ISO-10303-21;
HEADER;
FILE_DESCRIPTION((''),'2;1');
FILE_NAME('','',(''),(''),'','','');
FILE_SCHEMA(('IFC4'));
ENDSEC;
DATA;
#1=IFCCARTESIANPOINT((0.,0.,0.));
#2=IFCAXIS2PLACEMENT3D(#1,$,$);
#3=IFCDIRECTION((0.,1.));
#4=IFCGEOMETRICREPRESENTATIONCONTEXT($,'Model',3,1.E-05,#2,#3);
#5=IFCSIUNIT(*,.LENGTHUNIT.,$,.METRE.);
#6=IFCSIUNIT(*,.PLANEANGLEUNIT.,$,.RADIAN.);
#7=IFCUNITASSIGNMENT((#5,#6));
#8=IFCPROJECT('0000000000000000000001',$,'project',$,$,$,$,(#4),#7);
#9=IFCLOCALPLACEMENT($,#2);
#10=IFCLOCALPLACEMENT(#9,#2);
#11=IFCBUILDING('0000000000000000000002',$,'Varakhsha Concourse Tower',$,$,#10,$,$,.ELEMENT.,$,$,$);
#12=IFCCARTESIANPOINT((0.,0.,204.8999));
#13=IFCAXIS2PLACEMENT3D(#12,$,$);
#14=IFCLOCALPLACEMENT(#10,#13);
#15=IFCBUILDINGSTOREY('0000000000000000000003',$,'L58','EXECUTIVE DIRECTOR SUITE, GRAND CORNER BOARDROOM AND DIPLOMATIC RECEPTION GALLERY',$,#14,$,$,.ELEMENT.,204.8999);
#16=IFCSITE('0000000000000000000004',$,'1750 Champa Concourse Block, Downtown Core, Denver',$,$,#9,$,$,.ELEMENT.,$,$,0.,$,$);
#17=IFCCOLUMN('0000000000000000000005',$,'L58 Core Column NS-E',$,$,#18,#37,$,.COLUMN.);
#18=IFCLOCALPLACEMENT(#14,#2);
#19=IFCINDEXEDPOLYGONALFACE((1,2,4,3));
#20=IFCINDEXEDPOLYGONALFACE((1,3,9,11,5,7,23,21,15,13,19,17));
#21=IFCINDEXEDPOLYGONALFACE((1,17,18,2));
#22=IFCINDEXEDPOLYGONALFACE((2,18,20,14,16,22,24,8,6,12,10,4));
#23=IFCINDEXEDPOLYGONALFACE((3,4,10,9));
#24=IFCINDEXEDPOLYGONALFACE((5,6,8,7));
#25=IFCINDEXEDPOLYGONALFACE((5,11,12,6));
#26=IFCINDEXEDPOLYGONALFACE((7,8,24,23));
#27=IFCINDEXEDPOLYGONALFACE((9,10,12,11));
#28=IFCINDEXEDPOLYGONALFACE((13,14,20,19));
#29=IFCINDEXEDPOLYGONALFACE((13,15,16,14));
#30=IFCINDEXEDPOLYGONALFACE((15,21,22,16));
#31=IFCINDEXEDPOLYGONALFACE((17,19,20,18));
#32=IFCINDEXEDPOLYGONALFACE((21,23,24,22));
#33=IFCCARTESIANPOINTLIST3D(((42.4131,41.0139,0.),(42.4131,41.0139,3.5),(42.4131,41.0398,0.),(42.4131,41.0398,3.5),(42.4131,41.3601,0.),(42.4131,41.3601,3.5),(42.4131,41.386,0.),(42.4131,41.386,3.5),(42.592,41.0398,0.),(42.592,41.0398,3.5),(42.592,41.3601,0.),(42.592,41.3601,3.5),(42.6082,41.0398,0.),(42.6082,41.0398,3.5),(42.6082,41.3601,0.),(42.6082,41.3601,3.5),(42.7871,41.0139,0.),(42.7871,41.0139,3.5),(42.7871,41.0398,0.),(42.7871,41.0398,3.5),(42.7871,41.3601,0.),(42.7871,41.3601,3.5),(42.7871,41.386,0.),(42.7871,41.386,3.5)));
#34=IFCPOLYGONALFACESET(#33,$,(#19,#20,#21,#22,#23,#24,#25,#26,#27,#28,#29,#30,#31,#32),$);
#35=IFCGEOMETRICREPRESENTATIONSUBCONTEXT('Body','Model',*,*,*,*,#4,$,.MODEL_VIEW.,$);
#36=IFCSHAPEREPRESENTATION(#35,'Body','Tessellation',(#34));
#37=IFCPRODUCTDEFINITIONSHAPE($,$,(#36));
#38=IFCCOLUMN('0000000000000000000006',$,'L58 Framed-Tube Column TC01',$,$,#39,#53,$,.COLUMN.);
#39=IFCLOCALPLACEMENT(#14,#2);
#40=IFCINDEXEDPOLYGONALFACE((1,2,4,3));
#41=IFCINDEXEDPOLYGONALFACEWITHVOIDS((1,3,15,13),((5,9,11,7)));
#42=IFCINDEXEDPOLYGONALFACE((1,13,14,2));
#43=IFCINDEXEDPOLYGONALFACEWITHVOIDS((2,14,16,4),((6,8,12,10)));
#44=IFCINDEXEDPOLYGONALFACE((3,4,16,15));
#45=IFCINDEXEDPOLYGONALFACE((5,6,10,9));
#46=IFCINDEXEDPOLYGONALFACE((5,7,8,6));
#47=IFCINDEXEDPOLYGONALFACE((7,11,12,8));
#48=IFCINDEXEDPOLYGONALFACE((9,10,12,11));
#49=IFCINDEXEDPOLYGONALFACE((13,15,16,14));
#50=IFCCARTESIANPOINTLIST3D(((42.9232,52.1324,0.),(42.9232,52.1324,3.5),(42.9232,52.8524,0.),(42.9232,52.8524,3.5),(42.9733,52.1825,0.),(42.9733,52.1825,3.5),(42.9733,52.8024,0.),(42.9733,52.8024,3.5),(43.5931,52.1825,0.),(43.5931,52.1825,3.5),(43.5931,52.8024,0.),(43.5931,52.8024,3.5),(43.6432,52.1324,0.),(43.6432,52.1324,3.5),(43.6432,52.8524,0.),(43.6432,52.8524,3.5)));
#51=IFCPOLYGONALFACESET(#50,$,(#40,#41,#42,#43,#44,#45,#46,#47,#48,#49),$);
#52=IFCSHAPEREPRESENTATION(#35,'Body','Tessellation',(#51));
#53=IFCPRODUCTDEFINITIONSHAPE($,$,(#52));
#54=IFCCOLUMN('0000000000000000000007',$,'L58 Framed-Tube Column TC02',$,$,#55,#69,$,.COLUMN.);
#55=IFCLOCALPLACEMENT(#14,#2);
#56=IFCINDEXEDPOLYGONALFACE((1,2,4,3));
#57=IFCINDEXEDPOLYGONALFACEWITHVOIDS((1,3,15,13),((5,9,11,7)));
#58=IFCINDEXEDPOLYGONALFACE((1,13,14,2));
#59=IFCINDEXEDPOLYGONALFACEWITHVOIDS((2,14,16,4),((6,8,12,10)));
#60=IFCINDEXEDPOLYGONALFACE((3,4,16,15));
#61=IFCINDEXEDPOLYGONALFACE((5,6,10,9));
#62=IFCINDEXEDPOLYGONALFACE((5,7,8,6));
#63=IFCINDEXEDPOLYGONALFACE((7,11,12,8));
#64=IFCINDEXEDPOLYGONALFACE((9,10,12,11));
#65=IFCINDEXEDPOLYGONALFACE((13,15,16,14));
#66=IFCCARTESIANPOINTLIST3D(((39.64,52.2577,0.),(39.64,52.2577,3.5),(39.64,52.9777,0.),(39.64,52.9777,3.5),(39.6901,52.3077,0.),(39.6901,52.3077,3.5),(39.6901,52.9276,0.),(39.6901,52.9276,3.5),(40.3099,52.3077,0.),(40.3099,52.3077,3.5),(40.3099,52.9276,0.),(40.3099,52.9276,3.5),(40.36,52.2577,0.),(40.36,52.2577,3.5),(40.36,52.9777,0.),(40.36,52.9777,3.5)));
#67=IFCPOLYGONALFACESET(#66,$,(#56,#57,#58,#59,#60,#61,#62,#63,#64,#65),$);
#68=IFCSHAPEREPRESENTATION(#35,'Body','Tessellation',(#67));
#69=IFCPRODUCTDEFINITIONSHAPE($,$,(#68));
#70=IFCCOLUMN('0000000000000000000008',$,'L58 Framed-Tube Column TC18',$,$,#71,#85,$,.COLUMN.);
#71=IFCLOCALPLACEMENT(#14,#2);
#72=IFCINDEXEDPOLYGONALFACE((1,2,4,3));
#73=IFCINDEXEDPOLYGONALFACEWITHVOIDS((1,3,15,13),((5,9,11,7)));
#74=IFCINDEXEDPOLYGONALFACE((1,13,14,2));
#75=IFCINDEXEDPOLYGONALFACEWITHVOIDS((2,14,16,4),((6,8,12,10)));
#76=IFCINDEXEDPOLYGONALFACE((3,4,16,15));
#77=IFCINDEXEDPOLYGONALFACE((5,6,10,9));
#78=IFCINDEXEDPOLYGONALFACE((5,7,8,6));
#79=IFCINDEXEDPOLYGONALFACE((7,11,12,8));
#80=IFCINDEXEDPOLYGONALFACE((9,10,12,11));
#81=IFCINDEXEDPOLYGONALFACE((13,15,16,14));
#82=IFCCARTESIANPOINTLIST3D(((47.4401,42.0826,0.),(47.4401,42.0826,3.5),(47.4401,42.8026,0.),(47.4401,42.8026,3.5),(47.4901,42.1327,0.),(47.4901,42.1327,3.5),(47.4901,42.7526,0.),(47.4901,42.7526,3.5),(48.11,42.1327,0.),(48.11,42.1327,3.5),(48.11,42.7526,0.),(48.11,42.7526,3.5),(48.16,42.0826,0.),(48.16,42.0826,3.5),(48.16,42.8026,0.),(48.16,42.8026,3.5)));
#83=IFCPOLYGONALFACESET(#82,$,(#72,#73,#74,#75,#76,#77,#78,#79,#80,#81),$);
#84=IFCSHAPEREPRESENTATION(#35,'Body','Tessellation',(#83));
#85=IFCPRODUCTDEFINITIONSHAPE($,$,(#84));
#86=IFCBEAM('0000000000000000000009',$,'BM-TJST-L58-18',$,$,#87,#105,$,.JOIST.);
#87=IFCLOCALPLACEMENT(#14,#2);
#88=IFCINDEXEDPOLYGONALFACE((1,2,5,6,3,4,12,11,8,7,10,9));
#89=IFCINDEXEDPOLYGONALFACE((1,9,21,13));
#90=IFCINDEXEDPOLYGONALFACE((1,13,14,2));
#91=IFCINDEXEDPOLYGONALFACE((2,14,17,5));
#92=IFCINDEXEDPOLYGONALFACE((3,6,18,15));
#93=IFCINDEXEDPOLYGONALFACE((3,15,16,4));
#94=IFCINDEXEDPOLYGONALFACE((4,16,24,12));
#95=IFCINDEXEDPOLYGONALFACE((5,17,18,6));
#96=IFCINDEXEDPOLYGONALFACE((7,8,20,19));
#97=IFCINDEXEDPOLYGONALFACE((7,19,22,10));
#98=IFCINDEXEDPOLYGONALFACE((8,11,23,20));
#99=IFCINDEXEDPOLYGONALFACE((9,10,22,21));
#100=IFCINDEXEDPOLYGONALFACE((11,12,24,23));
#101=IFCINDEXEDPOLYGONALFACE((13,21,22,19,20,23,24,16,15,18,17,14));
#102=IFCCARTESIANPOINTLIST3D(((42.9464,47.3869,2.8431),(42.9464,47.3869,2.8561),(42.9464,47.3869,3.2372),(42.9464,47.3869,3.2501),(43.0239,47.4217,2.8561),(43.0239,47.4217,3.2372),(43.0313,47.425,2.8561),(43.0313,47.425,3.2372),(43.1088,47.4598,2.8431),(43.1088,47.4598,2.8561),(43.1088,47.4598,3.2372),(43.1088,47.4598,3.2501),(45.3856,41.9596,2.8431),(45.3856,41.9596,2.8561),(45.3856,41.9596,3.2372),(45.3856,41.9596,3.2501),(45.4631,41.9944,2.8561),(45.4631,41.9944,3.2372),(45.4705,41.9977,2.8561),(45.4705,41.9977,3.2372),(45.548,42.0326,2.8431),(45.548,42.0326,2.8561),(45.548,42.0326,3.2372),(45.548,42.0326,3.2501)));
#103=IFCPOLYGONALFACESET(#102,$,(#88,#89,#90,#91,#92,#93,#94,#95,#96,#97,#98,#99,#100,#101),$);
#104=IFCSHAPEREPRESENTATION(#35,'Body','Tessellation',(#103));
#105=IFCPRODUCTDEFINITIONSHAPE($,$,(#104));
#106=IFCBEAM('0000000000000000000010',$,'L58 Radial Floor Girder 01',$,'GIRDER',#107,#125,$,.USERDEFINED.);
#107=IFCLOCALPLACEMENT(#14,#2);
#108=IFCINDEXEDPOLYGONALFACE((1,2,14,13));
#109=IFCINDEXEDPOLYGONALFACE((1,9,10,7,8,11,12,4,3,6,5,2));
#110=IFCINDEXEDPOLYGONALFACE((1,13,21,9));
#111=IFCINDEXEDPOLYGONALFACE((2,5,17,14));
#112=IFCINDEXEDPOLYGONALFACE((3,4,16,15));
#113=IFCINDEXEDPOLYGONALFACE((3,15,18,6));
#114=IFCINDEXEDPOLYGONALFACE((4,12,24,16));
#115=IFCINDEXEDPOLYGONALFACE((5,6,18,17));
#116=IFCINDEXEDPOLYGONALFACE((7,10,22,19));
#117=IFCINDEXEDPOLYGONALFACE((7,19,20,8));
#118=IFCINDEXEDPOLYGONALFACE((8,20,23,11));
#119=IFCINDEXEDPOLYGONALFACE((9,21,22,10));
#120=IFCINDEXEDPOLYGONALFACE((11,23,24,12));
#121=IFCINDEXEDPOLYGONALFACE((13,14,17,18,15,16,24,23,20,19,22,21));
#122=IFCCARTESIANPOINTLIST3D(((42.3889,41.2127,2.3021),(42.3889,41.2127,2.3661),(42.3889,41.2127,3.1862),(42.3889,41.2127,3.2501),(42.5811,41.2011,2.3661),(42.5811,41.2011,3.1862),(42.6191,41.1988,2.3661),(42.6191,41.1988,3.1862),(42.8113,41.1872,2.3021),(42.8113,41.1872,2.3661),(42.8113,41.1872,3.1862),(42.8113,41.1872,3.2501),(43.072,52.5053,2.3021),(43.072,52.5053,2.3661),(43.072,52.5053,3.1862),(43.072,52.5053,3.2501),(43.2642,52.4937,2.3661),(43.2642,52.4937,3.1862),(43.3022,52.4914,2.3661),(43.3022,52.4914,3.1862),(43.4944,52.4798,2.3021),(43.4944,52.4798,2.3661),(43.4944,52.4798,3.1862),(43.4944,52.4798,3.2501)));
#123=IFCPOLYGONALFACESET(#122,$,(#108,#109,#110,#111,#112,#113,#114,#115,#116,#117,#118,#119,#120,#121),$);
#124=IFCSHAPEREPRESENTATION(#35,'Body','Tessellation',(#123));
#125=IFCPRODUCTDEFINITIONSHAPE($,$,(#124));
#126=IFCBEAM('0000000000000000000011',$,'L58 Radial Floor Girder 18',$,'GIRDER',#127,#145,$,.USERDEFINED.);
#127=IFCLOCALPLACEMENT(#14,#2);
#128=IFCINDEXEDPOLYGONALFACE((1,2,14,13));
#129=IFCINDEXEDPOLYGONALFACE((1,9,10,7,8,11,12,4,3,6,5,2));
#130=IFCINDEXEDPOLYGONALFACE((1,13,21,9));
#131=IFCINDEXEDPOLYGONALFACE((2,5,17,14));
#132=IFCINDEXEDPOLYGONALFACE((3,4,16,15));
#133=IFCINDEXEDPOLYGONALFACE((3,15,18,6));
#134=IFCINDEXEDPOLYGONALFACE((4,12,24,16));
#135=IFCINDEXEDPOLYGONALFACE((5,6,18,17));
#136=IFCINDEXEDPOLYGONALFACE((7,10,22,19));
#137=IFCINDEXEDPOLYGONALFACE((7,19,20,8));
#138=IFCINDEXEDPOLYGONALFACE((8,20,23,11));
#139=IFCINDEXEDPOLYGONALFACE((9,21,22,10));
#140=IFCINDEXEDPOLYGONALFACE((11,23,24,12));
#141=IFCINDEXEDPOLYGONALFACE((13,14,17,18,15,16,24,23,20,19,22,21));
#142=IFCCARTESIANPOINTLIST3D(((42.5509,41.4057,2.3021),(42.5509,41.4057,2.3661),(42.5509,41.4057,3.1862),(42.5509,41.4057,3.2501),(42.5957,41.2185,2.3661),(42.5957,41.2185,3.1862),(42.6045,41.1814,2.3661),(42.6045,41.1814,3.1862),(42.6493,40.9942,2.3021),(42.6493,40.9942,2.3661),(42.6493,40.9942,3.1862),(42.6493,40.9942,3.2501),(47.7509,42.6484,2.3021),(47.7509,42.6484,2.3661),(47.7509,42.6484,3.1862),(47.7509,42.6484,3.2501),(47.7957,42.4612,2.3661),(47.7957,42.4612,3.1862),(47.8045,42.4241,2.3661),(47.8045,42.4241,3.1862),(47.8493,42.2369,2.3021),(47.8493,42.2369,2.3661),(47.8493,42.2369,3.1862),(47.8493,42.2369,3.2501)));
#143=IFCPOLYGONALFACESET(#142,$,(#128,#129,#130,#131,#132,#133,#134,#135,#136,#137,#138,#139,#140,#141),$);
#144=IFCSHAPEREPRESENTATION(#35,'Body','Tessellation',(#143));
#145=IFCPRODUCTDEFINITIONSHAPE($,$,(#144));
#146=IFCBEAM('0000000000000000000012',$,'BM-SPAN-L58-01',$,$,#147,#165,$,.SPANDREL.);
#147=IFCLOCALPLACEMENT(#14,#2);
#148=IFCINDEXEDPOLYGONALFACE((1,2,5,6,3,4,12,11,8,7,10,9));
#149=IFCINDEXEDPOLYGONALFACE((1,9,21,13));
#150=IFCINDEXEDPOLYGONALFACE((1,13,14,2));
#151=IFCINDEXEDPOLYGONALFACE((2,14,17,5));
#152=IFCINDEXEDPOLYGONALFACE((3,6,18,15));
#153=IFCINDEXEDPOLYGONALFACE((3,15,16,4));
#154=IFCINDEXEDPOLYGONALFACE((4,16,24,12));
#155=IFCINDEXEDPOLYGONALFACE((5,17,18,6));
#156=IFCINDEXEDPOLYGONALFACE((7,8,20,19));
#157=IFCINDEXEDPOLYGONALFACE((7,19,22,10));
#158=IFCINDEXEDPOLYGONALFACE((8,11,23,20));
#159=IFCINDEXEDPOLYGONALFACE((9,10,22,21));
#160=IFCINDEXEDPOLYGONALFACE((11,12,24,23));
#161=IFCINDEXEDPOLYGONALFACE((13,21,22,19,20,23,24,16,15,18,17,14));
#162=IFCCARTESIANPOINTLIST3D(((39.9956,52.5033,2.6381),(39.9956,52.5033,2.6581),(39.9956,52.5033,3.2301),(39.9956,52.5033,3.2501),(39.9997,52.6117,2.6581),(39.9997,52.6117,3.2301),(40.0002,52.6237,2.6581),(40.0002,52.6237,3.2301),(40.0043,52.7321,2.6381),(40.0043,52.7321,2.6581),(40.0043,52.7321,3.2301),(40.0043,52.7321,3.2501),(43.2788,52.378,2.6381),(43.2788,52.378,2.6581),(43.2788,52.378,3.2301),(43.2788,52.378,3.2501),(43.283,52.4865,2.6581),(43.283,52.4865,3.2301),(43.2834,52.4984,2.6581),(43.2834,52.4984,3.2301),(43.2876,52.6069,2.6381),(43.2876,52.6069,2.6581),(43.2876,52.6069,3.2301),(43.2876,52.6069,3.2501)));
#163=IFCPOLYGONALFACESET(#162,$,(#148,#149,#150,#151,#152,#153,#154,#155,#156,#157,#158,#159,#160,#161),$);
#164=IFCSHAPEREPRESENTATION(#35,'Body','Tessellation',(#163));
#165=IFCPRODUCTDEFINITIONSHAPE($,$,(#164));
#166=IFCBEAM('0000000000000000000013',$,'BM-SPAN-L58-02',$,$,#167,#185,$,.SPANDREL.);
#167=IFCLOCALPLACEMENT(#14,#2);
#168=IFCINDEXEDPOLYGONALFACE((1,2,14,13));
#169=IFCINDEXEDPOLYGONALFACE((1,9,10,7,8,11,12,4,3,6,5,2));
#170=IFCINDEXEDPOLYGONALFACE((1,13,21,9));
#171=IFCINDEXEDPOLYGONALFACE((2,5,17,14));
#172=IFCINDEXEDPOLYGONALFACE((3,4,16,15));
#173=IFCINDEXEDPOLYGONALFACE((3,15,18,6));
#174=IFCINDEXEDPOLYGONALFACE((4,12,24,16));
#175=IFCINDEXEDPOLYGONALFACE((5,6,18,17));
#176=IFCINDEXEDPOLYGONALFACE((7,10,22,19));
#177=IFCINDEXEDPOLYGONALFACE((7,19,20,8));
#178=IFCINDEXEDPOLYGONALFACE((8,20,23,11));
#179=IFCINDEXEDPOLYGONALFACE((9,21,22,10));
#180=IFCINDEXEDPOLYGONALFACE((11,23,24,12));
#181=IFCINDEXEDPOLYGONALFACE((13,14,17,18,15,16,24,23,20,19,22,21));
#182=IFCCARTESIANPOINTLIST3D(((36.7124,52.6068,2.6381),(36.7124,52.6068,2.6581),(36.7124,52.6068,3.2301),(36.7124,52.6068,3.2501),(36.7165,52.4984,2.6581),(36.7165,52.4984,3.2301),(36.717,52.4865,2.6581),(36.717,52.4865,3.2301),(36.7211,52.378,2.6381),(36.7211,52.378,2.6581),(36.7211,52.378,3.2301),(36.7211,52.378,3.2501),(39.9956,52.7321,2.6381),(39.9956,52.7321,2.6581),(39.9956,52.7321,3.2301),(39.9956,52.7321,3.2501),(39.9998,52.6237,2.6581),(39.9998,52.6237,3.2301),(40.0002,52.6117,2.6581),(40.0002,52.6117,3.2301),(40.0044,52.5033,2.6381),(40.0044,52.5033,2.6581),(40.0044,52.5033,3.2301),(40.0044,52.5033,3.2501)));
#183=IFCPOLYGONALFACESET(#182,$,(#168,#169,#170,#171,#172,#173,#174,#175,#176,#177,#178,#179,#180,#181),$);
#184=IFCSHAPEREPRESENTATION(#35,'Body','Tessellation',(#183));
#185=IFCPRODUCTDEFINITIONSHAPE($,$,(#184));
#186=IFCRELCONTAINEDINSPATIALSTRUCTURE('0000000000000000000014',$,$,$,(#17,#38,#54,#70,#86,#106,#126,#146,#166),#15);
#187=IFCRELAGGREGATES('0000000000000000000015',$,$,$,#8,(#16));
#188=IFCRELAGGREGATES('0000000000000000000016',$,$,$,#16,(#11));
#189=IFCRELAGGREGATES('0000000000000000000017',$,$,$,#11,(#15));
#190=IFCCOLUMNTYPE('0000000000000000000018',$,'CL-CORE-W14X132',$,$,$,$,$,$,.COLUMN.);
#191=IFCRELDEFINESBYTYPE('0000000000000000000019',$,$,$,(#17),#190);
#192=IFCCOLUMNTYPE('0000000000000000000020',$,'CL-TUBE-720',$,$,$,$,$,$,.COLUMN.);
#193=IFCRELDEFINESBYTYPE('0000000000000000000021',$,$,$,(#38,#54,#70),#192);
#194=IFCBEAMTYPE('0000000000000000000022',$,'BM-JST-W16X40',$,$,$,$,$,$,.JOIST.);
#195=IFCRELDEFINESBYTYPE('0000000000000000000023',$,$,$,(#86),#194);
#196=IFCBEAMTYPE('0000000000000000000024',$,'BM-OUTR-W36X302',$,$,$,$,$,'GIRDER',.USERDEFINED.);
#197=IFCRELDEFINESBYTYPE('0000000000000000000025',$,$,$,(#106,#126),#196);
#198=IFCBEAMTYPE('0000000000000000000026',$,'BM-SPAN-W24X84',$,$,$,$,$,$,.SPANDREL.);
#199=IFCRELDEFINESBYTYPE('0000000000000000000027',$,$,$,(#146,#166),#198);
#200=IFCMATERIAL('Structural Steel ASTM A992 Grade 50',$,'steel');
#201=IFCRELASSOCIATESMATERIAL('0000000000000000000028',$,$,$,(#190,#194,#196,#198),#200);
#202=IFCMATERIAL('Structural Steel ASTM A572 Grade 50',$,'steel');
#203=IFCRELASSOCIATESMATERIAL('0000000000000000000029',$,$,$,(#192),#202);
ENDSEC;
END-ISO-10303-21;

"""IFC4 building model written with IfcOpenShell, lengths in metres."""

from ifc_helpers import new_model, si_unit, direction, frame, origin, origin_2d, place, context, subcontext, project, spatial, hollow_rectangle, i_section, extrude, material, material_profile, profile_set, type_object, element, save


model = new_model("IFC4")

# Units and contexts
model_context = context("Model", 3, precision=1e-05, world=origin(), true_north=direction((0.0, 1.0)))
body_context = subcontext(model_context, "Body", "Model", "MODEL_VIEW")
ifc_project = project(units=[si_unit("LENGTHUNIT", "METRE"), si_unit("PLANEANGLEUNIT", "RADIAN")], contexts=[model_context])

# Site, building, storey
site_placement = place(None, origin())
site = spatial("IfcSite", under=ifc_project, at=site_placement, Name="1750 Champa Concourse Block, Downtown Core, Denver", CompositionType="ELEMENT", RefElevation=0.0)
building_placement = place(site_placement, origin())
building = spatial("IfcBuilding", under=site, at=building_placement, Name="Varakhsha Concourse Tower", CompositionType="ELEMENT")
storey_placement = place(building_placement, frame((0.0, 0.0, 204.8999)))
storey = spatial("IfcBuildingStorey", under=building, at=storey_placement, Name="L58", Description="EXECUTIVE DIRECTOR SUITE, GRAND CORNER BOARDROOM AND DIPLOMATIC RECEPTION GALLERY", CompositionType="ELEMENT", Elevation=204.8999)

# Columns
ifc_material_1 = material(Name="Structural Steel ASTM A992 Grade 50", Category="steel")
ifc_material_profile_1 = material_profile(ifc_material_1, i_section(OverallWidth=0.374, OverallDepth=0.3721, WebThickness=0.0161, FlangeThickness=0.0259, at=origin_2d()), Name="W14X132")
ifc_profile_set_1 = profile_set([ifc_material_profile_1], Name="Structural Steel ASTM A992 Grade 50")
column_type_1 = type_object("IfcColumnType", Name="CL-CORE-W14X132", PredefinedType="COLUMN", material=ifc_profile_set_1)
column_placement = place(storey_placement, frame((42.6001, 41.2, 0.0), z_axis=(0.0, 0.0, 1.0), x_axis=(1.0, 0.0, 0.0)))
element("IfcColumn", 1, at=column_placement, inside=storey, type_object=column_type_1, Name="L58 Core Column NS-E", PredefinedType="COLUMN", context=body_context, shape_type="SweptSolid", body=[
    extrude(i_section(OverallWidth=0.374, OverallDepth=0.3721, WebThickness=0.0161, FlangeThickness=0.0259, at=origin_2d()), origin(), (0.0, 0.0, 1.0), 3.5),
])
ifc_material_2 = material(Name="Structural Steel ASTM A572 Grade 50", Category="steel")
ifc_material_profile_2 = material_profile(ifc_material_2, hollow_rectangle(XDim=0.72, YDim=0.72, WallThickness=0.05, at=origin_2d()), Name="BOX 720x720x50")
ifc_profile_set_2 = profile_set([ifc_material_profile_2], Name="Structural Steel ASTM A572 Grade 50")
column_type_2 = type_object("IfcColumnType", Name="CL-TUBE-720", PredefinedType="COLUMN", material=ifc_profile_set_2)
for number, where, z_axis, x_axis, name in (
    (2, (43.2832, 52.4924, 0.0), (0.0, 0.0, 1.0), (1.0, 0.0, 0.0), "L58 Framed-Tube Column TC01"),
    (3, (40.0, 52.6177, 0.0), (0.0, 0.0, 1.0), (1.0, 0.0, 0.0), "L58 Framed-Tube Column TC02"),
    (4, (47.8, 42.4426, 0.0), (0.0, 0.0, 1.0), (1.0, 0.0, 0.0), "L58 Framed-Tube Column TC18"),
):
    element("IfcColumn", number, at=place(storey_placement, frame(where, z_axis=z_axis, x_axis=x_axis)), inside=storey, type_object=column_type_2, Name=name, PredefinedType="COLUMN", context=body_context, shape_type="SweptSolid", body=[
        extrude(hollow_rectangle(XDim=0.72, YDim=0.72, WallThickness=0.05, at=origin_2d()), origin(), (0.0, 0.0, 1.0), 3.5),
    ])

# Beams
ifc_material_profile_3 = material_profile(ifc_material_1, i_section(OverallWidth=0.178, OverallDepth=0.407, WebThickness=0.0081, FlangeThickness=0.0129, at=origin_2d()), Name="W16X40")
ifc_profile_set_3 = profile_set([ifc_material_profile_3], Name="Structural Steel ASTM A992 Grade 50")
beam_type_1 = type_object("IfcBeamType", Name="BM-JST-W16X40", PredefinedType="JOIST", material=ifc_profile_set_3)
beam_1_placement = place(storey_placement, frame((45.4668, 41.9961, 3.0466), z_axis=(-0.409938, 0.912113, 0.0), x_axis=(-0.912113, -0.409938, 0.0)))
element("IfcBeam", 5, at=beam_1_placement, inside=storey, type_object=beam_type_1, Name="BM-TJST-L58-18", PredefinedType="JOIST", context=body_context, shape_type="SweptSolid", body=[
    extrude(i_section(OverallWidth=0.178, OverallDepth=0.407, WebThickness=0.0081, FlangeThickness=0.0129, at=origin_2d()), origin(), (0.0, 0.0, 1.0), 5.9502),
])
ifc_material_profile_4 = material_profile(ifc_material_1, i_section(OverallWidth=0.4231, OverallDepth=0.948, WebThickness=0.0381, FlangeThickness=0.064, at=origin_2d()), Name="W36X302")
ifc_profile_set_4 = profile_set([ifc_material_profile_4], Name="Structural Steel ASTM A992 Grade 50")
beam_type_2 = type_object("IfcBeamType", Name="BM-OUTR-W36X302", ElementType="GIRDER", PredefinedType="USERDEFINED", material=ifc_profile_set_4)
beam_2_placement = place(storey_placement, frame((42.6001, 41.2, 2.7761), z_axis=(0.060382, 0.998175, 0.0), x_axis=(-0.998175, 0.060382, 0.0)))
element("IfcBeam", 6, at=beam_2_placement, inside=storey, type_object=beam_type_2, Name="L58 Radial Floor Girder 01", ObjectType="GIRDER", PredefinedType="USERDEFINED", context=body_context, shape_type="SweptSolid", body=[
    extrude(i_section(OverallWidth=0.4231, OverallDepth=0.948, WebThickness=0.0381, FlangeThickness=0.064, at=origin_2d()), origin(), (0.0, 0.0, 1.0), 11.3132),
])
beam_3_placement = place(storey_placement, frame((42.6001, 41.2, 2.7761), z_axis=(0.972612, 0.232433, 0.0), x_axis=(-0.232433, 0.972612, 0.0)))
element("IfcBeam", 7, at=beam_3_placement, inside=storey, type_object=beam_type_2, Name="L58 Radial Floor Girder 18", ObjectType="GIRDER", PredefinedType="USERDEFINED", context=body_context, shape_type="SweptSolid", body=[
    extrude(i_section(OverallWidth=0.4231, OverallDepth=0.948, WebThickness=0.0381, FlangeThickness=0.064, at=origin_2d()), origin(), (0.0, 0.0, 1.0), 5.3464),
])
ifc_material_profile_5 = material_profile(ifc_material_1, i_section(OverallWidth=0.229, OverallDepth=0.6121, WebThickness=0.012, FlangeThickness=0.02, at=origin_2d()), Name="W24X84")
ifc_profile_set_5 = profile_set([ifc_material_profile_5], Name="Structural Steel ASTM A992 Grade 50")
beam_type_3 = type_object("IfcBeamType", Name="BM-SPAN-W24X84", PredefinedType="SPANDREL", material=ifc_profile_set_5)
for number, where, z_axis, x_axis, name in (
    (8, (43.2832, 52.4924, 2.9441), (-0.999273, 0.038119, 0.0), (-0.038119, -0.999273, 0.0), "BM-SPAN-L58-01"),
    (9, (40.0, 52.6177, 2.9441), (-0.999273, -0.038119, 0.0), (0.038119, -0.999273, 0.0), "BM-SPAN-L58-02"),
):
    element("IfcBeam", number, at=place(storey_placement, frame(where, z_axis=z_axis, x_axis=x_axis)), inside=storey, type_object=beam_type_3, Name=name, PredefinedType="SPANDREL", context=body_context, shape_type="SweptSolid", body=[
        extrude(i_section(OverallWidth=0.229, OverallDepth=0.6121, WebThickness=0.012, FlangeThickness=0.02, at=origin_2d()), origin(), (0.0, 0.0, 1.0), 3.2856),
    ])

save(model, "model.ifc")
